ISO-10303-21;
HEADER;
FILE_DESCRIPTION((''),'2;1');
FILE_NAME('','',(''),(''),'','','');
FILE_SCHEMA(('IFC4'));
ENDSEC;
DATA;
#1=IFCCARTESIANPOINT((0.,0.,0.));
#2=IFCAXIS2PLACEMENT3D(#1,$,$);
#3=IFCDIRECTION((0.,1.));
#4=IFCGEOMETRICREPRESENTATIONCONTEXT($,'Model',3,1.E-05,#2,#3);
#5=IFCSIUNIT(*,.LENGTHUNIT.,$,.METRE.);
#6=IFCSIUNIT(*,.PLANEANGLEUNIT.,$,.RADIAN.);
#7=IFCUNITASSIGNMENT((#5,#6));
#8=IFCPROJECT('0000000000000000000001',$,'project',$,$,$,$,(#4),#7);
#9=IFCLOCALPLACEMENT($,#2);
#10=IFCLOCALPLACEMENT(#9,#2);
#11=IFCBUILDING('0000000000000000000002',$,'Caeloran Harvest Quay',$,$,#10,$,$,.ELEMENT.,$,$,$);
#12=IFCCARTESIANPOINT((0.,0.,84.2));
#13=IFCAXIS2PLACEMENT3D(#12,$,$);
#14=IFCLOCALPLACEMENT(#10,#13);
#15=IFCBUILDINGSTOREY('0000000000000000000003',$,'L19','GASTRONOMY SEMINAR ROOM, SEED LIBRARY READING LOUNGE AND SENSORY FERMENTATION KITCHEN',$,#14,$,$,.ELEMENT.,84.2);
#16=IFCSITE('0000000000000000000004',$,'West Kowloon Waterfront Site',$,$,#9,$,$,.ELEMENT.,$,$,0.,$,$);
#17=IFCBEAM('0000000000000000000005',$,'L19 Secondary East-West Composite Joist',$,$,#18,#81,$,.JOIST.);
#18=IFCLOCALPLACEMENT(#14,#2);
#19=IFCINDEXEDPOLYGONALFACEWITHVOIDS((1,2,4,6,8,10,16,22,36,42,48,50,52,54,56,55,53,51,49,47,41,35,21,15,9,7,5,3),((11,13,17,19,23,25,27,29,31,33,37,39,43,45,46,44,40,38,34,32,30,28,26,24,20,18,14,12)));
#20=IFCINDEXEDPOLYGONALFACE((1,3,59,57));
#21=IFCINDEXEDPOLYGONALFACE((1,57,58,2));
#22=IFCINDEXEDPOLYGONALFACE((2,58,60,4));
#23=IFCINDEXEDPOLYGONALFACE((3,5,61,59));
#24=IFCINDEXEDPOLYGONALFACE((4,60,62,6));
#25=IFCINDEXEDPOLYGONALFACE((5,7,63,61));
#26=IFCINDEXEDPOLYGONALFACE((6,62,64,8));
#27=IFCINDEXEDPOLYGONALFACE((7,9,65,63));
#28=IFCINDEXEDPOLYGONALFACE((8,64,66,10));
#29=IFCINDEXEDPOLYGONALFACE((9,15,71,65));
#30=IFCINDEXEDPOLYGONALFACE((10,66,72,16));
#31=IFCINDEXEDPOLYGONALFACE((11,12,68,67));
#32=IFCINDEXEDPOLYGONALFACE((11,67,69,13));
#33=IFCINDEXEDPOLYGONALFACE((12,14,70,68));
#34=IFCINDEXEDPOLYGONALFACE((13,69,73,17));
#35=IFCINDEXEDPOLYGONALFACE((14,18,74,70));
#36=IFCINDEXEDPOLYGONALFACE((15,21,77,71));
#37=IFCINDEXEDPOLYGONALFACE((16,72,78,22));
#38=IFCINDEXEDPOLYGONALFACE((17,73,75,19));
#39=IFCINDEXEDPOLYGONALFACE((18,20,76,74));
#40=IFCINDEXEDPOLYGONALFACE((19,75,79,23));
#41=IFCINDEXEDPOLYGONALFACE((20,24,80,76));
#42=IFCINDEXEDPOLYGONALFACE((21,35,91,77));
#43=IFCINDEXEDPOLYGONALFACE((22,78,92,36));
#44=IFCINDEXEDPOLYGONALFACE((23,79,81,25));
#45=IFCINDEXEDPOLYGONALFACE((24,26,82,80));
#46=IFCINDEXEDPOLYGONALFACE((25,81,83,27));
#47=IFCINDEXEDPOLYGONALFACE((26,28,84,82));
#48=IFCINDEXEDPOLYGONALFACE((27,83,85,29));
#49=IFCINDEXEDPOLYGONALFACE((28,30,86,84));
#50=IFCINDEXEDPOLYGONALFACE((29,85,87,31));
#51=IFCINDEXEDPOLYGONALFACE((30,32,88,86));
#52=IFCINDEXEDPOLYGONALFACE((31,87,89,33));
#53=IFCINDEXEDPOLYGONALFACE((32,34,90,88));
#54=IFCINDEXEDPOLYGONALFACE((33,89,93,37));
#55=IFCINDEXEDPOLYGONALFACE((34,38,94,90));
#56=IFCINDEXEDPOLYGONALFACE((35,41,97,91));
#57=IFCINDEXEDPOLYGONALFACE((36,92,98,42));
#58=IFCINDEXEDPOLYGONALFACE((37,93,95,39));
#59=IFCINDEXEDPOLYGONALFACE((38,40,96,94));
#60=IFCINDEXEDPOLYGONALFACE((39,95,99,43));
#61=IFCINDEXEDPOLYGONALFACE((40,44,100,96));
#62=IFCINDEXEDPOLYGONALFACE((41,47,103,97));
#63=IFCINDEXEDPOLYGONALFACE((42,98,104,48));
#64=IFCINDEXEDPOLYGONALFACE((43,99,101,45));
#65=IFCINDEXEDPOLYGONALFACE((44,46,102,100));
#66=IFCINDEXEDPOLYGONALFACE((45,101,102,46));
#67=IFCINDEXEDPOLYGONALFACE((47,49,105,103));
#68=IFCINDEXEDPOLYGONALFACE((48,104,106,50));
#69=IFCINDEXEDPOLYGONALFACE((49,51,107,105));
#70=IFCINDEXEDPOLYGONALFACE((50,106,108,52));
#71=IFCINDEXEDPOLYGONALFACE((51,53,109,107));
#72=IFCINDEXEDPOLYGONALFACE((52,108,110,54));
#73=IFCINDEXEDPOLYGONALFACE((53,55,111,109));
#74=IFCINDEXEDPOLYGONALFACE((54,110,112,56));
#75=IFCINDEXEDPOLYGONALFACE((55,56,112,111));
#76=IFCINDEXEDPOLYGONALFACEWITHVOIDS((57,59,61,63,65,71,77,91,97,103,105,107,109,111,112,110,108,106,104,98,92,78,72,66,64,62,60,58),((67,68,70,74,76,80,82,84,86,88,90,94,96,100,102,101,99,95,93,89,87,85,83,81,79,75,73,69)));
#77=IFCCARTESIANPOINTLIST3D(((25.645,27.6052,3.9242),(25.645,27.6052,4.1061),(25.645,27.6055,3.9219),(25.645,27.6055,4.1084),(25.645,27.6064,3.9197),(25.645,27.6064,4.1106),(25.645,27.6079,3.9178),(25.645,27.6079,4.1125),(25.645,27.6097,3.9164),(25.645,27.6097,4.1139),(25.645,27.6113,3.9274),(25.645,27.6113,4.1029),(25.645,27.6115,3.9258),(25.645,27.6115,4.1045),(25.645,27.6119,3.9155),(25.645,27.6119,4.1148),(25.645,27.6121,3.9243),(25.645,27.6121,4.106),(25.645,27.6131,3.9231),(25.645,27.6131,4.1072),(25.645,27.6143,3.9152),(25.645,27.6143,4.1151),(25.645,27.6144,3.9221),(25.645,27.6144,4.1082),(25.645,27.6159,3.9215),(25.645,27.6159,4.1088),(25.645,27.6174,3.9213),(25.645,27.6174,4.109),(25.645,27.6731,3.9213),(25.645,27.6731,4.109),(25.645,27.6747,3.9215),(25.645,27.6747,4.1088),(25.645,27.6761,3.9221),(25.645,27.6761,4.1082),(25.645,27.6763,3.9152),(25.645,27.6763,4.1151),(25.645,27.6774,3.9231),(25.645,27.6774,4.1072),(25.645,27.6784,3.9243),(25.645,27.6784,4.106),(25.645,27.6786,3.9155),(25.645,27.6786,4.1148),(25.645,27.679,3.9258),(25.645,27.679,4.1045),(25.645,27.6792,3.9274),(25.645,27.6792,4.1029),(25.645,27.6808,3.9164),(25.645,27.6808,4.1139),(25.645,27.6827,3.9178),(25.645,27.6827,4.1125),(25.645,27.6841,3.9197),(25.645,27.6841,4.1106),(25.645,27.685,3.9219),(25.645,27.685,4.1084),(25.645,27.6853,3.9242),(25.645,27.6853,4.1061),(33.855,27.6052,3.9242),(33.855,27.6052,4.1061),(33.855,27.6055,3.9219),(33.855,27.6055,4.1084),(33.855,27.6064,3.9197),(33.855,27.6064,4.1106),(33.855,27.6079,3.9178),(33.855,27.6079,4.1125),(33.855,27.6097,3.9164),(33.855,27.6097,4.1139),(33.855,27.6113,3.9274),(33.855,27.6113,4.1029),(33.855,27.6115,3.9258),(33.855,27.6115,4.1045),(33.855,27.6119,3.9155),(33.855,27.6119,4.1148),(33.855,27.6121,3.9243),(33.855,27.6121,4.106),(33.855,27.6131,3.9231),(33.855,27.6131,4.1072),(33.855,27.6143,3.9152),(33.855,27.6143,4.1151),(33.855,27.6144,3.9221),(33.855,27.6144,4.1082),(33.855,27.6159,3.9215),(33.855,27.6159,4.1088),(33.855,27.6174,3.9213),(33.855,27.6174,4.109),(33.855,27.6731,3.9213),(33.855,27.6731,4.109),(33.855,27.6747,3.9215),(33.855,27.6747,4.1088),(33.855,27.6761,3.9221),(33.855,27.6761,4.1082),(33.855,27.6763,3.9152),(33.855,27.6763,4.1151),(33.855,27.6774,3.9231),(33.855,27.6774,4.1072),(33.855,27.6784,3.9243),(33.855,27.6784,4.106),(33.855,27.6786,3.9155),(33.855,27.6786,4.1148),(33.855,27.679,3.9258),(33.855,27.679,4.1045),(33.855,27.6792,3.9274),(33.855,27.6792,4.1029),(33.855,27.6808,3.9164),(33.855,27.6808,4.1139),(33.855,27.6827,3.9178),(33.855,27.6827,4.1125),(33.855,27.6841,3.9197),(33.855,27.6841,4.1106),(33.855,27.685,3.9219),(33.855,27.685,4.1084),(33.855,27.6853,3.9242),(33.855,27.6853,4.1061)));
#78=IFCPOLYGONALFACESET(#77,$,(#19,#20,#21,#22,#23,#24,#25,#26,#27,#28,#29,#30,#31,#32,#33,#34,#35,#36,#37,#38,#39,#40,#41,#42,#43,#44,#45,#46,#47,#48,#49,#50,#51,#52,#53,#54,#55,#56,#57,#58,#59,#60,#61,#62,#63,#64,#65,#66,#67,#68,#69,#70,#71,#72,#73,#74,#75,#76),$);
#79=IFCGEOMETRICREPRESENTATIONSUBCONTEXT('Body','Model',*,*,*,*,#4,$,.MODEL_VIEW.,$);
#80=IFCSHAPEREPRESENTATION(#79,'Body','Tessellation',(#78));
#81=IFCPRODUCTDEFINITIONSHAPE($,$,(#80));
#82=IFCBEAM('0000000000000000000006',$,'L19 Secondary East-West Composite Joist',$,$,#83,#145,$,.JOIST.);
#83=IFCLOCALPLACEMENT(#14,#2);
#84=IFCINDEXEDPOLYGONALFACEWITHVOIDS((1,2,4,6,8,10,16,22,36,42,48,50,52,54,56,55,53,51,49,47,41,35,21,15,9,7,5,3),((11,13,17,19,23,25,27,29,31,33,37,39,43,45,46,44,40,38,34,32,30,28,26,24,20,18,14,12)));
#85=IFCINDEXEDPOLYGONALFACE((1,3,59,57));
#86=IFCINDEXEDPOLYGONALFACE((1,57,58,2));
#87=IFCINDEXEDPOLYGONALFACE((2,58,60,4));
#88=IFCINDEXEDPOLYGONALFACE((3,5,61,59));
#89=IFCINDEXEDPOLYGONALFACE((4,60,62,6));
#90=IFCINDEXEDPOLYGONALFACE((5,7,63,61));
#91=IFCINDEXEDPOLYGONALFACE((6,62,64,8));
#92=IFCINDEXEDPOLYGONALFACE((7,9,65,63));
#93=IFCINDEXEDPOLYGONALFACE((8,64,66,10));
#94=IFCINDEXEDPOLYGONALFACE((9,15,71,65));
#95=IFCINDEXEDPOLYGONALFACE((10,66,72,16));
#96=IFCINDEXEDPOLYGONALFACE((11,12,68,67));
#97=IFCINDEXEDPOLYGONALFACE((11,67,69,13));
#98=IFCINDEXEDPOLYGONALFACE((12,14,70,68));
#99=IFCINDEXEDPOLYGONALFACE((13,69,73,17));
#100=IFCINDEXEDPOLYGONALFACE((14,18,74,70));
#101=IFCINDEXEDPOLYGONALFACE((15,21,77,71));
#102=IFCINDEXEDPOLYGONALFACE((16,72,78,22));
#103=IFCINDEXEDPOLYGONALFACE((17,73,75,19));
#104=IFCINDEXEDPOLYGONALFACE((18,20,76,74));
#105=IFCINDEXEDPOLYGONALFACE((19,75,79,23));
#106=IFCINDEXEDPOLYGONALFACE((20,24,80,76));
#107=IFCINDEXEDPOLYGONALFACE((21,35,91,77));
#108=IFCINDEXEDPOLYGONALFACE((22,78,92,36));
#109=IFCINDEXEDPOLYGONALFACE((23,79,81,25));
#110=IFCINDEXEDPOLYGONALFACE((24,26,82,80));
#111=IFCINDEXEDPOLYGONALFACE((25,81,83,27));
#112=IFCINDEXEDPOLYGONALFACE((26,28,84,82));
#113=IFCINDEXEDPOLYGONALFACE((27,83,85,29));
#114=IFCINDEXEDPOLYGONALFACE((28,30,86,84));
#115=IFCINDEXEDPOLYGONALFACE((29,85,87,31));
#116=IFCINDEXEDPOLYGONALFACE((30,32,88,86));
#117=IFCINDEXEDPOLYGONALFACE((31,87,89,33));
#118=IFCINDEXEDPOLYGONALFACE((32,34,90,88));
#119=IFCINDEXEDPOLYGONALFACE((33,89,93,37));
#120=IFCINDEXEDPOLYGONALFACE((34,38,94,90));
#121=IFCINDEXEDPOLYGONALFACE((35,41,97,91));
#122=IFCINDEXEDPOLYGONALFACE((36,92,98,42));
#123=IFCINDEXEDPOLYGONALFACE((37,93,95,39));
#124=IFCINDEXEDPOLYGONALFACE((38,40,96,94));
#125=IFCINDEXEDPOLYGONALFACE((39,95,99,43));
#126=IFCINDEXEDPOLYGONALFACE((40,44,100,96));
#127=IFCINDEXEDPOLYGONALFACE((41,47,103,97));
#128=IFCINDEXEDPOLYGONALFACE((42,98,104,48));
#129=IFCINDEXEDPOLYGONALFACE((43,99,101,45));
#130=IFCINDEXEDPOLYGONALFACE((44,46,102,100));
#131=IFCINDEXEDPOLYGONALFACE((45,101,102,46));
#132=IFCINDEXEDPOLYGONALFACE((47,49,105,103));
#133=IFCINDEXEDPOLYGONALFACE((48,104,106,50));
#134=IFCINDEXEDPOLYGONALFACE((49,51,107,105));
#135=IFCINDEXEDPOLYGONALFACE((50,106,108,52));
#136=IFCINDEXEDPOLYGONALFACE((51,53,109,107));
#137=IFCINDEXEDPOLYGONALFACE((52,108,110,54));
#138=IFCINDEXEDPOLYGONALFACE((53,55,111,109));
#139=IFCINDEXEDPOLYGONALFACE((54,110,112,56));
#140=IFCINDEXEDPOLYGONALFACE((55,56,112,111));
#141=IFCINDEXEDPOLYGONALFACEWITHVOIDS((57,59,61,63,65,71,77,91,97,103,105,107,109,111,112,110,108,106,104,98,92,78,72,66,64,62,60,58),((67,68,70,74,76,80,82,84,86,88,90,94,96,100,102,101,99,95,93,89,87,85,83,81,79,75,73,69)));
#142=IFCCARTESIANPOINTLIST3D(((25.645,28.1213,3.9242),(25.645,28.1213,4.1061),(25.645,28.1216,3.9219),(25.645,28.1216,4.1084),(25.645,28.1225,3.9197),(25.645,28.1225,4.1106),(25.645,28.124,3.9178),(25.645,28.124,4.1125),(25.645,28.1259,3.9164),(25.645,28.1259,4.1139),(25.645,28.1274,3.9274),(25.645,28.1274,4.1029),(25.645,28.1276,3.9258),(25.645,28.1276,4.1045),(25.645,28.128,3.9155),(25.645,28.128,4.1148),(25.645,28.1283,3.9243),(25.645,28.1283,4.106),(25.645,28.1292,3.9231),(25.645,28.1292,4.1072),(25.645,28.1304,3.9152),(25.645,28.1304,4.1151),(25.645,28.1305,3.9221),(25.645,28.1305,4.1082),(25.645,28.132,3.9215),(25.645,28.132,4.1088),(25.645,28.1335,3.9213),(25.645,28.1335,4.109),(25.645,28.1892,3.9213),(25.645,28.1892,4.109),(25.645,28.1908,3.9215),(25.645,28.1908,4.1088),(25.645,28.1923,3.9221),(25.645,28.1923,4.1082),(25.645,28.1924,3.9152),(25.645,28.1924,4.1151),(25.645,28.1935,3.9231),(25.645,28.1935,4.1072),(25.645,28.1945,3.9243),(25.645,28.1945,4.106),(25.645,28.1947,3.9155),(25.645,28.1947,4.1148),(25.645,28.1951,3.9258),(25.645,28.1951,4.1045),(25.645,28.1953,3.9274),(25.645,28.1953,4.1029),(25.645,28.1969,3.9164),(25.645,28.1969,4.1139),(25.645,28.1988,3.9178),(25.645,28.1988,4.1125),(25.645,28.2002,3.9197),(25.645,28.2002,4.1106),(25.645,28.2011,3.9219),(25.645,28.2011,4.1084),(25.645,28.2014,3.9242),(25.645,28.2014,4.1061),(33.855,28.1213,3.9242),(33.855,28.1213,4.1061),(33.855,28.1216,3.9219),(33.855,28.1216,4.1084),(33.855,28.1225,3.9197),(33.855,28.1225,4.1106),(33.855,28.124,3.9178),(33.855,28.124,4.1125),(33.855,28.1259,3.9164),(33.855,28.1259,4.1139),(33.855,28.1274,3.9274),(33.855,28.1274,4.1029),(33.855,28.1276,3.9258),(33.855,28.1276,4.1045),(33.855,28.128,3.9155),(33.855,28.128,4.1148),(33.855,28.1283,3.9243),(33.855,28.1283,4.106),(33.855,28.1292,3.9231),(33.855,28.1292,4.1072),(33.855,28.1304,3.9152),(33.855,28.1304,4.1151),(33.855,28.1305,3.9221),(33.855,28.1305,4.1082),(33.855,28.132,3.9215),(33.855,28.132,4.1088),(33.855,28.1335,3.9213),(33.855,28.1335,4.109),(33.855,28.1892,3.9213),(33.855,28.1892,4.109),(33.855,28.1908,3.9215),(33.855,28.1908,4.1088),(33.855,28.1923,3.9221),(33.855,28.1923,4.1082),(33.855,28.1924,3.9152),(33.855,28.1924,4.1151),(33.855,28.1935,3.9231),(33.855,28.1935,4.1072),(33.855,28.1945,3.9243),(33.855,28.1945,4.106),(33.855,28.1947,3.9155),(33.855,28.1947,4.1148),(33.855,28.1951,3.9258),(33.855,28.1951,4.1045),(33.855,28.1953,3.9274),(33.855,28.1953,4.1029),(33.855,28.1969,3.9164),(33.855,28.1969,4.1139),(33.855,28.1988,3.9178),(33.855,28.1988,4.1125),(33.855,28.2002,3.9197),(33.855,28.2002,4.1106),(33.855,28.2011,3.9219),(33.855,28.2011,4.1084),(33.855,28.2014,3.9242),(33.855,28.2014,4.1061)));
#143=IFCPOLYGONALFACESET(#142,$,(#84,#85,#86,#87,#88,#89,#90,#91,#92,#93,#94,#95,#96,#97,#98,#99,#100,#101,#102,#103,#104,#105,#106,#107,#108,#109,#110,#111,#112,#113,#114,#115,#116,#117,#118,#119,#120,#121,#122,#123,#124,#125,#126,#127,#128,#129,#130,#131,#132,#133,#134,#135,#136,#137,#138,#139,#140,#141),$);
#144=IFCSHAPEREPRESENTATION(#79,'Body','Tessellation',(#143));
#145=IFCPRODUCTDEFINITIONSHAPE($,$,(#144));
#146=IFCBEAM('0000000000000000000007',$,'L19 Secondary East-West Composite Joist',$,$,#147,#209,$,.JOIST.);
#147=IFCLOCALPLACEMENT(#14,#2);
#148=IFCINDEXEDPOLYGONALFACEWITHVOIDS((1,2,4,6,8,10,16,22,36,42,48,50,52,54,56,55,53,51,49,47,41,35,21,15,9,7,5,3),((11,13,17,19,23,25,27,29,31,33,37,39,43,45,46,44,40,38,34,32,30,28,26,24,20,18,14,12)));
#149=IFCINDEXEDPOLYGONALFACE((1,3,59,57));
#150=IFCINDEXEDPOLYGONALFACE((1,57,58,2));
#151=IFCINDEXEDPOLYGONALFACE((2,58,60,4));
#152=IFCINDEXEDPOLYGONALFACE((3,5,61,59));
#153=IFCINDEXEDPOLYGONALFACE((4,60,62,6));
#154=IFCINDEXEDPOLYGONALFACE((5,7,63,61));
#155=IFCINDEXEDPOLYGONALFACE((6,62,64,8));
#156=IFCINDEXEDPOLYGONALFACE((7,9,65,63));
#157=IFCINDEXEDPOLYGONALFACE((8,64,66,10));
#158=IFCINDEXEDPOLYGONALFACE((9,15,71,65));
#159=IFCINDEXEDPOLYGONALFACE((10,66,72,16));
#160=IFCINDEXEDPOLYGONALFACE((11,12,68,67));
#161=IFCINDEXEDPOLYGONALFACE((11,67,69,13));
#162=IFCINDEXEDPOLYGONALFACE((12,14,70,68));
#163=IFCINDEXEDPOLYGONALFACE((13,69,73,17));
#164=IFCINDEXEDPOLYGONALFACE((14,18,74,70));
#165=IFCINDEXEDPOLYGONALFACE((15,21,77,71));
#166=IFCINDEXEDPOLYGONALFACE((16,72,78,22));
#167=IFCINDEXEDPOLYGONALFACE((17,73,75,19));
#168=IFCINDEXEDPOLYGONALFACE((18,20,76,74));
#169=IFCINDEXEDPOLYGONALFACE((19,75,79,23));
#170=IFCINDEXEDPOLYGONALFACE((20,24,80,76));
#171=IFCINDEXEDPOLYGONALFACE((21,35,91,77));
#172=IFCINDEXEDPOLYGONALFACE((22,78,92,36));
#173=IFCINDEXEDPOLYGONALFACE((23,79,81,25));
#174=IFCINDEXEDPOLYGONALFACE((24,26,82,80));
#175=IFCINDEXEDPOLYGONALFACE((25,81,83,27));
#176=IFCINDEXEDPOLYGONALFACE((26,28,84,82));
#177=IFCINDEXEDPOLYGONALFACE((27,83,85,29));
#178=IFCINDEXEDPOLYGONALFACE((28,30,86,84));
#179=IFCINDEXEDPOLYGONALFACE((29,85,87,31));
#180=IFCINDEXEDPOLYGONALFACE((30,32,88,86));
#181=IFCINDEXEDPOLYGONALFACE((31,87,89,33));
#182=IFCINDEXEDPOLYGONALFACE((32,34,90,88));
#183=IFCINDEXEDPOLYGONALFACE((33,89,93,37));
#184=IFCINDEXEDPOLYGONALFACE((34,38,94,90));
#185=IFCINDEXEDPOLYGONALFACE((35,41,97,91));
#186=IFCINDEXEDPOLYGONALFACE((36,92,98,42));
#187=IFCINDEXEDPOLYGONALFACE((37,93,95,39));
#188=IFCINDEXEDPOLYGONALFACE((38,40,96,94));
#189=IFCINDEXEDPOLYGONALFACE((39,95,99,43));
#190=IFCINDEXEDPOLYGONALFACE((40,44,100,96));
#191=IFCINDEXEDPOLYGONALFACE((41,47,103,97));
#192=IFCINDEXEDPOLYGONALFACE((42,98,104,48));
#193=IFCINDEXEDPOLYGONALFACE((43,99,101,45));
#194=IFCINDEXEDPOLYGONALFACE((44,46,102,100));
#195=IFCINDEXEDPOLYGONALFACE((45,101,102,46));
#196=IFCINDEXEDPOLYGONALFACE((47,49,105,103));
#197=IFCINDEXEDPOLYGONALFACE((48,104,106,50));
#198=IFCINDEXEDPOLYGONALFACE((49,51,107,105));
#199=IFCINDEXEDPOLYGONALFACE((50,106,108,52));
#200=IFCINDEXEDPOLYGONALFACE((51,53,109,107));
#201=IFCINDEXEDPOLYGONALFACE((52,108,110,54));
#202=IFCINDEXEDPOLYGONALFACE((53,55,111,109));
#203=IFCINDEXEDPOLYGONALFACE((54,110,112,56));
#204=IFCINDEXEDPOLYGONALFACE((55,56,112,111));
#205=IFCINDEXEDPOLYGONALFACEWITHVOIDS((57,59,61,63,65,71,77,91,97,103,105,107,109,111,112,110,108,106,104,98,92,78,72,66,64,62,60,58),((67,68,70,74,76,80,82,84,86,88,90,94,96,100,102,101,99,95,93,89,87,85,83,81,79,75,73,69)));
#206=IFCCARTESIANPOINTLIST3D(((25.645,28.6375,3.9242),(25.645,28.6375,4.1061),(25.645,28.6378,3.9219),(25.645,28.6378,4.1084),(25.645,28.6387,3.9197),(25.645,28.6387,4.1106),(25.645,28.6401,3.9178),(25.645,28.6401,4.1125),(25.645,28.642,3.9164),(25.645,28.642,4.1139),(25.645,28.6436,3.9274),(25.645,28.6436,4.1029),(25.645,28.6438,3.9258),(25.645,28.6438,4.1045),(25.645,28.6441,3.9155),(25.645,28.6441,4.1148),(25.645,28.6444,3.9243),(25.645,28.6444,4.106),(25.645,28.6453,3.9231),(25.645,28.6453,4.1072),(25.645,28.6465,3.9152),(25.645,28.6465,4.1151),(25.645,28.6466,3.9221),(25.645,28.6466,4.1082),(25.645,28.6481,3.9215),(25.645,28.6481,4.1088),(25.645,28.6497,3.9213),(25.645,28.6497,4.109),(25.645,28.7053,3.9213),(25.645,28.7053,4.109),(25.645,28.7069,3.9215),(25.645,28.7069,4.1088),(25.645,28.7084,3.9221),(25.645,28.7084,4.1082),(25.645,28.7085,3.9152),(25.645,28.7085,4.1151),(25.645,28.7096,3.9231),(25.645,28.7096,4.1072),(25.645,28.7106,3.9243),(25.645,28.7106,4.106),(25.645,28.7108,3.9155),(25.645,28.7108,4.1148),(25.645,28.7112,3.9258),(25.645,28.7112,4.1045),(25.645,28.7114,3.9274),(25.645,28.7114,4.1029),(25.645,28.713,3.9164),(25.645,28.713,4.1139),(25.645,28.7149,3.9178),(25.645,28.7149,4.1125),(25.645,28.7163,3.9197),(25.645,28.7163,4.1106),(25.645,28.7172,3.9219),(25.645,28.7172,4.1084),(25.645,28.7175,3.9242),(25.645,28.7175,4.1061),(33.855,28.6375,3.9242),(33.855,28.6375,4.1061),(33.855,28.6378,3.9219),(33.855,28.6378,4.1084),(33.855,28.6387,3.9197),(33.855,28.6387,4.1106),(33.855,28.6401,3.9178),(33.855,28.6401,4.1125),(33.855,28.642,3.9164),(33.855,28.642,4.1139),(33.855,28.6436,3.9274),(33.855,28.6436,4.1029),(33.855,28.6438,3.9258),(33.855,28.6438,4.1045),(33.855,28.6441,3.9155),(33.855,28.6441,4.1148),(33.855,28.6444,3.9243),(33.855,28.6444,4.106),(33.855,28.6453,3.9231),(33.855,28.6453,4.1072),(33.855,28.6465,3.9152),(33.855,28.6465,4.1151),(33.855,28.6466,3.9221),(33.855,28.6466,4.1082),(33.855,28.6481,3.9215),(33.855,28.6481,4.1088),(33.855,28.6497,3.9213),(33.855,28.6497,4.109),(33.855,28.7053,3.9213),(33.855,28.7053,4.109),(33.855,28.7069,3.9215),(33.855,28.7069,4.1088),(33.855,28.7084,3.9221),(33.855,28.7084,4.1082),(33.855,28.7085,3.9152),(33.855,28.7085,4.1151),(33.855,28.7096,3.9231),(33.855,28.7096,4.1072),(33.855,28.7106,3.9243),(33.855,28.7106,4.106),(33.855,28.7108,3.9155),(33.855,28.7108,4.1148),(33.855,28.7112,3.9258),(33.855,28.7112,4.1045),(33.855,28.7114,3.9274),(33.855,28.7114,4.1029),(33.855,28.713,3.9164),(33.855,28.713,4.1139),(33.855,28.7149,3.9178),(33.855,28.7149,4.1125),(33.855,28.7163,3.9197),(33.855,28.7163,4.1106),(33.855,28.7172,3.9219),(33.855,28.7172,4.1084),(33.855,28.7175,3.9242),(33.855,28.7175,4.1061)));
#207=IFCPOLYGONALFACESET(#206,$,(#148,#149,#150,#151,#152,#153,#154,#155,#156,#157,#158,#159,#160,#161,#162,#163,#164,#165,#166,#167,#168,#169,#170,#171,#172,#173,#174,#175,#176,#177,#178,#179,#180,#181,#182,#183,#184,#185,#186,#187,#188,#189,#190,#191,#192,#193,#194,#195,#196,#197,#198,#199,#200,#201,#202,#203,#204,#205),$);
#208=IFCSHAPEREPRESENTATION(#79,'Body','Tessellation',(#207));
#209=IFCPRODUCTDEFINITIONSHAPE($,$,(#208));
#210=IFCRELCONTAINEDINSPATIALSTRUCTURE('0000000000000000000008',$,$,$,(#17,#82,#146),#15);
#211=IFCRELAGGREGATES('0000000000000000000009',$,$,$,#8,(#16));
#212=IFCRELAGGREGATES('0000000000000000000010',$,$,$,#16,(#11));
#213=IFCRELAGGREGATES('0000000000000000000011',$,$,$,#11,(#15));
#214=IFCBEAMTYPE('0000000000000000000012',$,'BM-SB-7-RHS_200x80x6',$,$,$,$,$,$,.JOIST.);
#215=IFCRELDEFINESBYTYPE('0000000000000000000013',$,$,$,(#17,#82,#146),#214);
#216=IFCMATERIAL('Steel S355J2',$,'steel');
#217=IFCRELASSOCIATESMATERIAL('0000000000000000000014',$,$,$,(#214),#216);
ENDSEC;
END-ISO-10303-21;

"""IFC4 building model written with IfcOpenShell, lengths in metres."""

from ifc_helpers import new_model, si_unit, direction, frame, origin, origin_2d, place, context, subcontext, project, spatial, hollow_rectangle, extrude, material, material_profile, profile_set, type_object, element, save


model = new_model("IFC4")

# Units and contexts
model_context = context("Model", 3, precision=1e-05, world=origin(), true_north=direction((0.0, 1.0)))
body_context = subcontext(model_context, "Body", "Model", "MODEL_VIEW")
ifc_project = project(units=[si_unit("LENGTHUNIT", "METRE"), si_unit("PLANEANGLEUNIT", "RADIAN")], contexts=[model_context])

# Site, building, storey
site_placement = place(None, origin())
site = spatial("IfcSite", under=ifc_project, at=site_placement, Name="West Kowloon Waterfront Site", CompositionType="ELEMENT", RefElevation=0.0)
building_placement = place(site_placement, origin())
building = spatial("IfcBuilding", under=site, at=building_placement, Name="Caeloran Harvest Quay", CompositionType="ELEMENT")
storey_placement = place(building_placement, frame((0.0, 0.0, 84.2)))
storey = spatial("IfcBuildingStorey", under=building, at=storey_placement, Name="L19", Description="GASTRONOMY SEMINAR ROOM, SEED LIBRARY READING LOUNGE AND SENSORY FERMENTATION KITCHEN", CompositionType="ELEMENT", Elevation=84.2)

# Beams
ifc_material_1 = material(Name="Steel S355J2", Category="steel")
ifc_material_profile_1 = material_profile(ifc_material_1, hollow_rectangle(XDim=0.0801, YDim=0.2, WallThickness=0.0061, InnerFilletRadius=0.0061, OuterFilletRadius=0.009, at=origin_2d()), Name="RHS 200x80x6")
ifc_profile_set_1 = profile_set([ifc_material_profile_1], Name="Steel S355J2")
beam_type_1 = type_object("IfcBeamType", Name="BM-SB-7-RHS_200x80x6", PredefinedType="JOIST", material=ifc_profile_set_1)
for number, where, z_axis, x_axis, name in (
    (1, (25.645, 27.6453, 4.0151), (1.0, 0.0, 0.0), (0.0, 1.0, 0.0), "L19 Secondary East-West Composite Joist"),
    (2, (25.645, 28.1614, 4.0151), (1.0, 0.0, 0.0), (0.0, 1.0, 0.0), "L19 Secondary East-West Composite Joist"),
    (3, (25.645, 28.6775, 4.0151), (1.0, 0.0, 0.0), (0.0, 1.0, 0.0), "L19 Secondary East-West Composite Joist"),
):
    element("IfcBeam", number, at=place(storey_placement, frame(where, z_axis=z_axis, x_axis=x_axis)), inside=storey, type_object=beam_type_1, Name=name, PredefinedType="JOIST", context=body_context, shape_type="SweptSolid", body=[
        extrude(hollow_rectangle(XDim=0.0801, YDim=0.2, WallThickness=0.0061, InnerFilletRadius=0.0061, OuterFilletRadius=0.009, at=origin_2d()), origin(), (0.0, 0.0, 1.0), 8.21),
    ])

save(model, "model.ifc")
